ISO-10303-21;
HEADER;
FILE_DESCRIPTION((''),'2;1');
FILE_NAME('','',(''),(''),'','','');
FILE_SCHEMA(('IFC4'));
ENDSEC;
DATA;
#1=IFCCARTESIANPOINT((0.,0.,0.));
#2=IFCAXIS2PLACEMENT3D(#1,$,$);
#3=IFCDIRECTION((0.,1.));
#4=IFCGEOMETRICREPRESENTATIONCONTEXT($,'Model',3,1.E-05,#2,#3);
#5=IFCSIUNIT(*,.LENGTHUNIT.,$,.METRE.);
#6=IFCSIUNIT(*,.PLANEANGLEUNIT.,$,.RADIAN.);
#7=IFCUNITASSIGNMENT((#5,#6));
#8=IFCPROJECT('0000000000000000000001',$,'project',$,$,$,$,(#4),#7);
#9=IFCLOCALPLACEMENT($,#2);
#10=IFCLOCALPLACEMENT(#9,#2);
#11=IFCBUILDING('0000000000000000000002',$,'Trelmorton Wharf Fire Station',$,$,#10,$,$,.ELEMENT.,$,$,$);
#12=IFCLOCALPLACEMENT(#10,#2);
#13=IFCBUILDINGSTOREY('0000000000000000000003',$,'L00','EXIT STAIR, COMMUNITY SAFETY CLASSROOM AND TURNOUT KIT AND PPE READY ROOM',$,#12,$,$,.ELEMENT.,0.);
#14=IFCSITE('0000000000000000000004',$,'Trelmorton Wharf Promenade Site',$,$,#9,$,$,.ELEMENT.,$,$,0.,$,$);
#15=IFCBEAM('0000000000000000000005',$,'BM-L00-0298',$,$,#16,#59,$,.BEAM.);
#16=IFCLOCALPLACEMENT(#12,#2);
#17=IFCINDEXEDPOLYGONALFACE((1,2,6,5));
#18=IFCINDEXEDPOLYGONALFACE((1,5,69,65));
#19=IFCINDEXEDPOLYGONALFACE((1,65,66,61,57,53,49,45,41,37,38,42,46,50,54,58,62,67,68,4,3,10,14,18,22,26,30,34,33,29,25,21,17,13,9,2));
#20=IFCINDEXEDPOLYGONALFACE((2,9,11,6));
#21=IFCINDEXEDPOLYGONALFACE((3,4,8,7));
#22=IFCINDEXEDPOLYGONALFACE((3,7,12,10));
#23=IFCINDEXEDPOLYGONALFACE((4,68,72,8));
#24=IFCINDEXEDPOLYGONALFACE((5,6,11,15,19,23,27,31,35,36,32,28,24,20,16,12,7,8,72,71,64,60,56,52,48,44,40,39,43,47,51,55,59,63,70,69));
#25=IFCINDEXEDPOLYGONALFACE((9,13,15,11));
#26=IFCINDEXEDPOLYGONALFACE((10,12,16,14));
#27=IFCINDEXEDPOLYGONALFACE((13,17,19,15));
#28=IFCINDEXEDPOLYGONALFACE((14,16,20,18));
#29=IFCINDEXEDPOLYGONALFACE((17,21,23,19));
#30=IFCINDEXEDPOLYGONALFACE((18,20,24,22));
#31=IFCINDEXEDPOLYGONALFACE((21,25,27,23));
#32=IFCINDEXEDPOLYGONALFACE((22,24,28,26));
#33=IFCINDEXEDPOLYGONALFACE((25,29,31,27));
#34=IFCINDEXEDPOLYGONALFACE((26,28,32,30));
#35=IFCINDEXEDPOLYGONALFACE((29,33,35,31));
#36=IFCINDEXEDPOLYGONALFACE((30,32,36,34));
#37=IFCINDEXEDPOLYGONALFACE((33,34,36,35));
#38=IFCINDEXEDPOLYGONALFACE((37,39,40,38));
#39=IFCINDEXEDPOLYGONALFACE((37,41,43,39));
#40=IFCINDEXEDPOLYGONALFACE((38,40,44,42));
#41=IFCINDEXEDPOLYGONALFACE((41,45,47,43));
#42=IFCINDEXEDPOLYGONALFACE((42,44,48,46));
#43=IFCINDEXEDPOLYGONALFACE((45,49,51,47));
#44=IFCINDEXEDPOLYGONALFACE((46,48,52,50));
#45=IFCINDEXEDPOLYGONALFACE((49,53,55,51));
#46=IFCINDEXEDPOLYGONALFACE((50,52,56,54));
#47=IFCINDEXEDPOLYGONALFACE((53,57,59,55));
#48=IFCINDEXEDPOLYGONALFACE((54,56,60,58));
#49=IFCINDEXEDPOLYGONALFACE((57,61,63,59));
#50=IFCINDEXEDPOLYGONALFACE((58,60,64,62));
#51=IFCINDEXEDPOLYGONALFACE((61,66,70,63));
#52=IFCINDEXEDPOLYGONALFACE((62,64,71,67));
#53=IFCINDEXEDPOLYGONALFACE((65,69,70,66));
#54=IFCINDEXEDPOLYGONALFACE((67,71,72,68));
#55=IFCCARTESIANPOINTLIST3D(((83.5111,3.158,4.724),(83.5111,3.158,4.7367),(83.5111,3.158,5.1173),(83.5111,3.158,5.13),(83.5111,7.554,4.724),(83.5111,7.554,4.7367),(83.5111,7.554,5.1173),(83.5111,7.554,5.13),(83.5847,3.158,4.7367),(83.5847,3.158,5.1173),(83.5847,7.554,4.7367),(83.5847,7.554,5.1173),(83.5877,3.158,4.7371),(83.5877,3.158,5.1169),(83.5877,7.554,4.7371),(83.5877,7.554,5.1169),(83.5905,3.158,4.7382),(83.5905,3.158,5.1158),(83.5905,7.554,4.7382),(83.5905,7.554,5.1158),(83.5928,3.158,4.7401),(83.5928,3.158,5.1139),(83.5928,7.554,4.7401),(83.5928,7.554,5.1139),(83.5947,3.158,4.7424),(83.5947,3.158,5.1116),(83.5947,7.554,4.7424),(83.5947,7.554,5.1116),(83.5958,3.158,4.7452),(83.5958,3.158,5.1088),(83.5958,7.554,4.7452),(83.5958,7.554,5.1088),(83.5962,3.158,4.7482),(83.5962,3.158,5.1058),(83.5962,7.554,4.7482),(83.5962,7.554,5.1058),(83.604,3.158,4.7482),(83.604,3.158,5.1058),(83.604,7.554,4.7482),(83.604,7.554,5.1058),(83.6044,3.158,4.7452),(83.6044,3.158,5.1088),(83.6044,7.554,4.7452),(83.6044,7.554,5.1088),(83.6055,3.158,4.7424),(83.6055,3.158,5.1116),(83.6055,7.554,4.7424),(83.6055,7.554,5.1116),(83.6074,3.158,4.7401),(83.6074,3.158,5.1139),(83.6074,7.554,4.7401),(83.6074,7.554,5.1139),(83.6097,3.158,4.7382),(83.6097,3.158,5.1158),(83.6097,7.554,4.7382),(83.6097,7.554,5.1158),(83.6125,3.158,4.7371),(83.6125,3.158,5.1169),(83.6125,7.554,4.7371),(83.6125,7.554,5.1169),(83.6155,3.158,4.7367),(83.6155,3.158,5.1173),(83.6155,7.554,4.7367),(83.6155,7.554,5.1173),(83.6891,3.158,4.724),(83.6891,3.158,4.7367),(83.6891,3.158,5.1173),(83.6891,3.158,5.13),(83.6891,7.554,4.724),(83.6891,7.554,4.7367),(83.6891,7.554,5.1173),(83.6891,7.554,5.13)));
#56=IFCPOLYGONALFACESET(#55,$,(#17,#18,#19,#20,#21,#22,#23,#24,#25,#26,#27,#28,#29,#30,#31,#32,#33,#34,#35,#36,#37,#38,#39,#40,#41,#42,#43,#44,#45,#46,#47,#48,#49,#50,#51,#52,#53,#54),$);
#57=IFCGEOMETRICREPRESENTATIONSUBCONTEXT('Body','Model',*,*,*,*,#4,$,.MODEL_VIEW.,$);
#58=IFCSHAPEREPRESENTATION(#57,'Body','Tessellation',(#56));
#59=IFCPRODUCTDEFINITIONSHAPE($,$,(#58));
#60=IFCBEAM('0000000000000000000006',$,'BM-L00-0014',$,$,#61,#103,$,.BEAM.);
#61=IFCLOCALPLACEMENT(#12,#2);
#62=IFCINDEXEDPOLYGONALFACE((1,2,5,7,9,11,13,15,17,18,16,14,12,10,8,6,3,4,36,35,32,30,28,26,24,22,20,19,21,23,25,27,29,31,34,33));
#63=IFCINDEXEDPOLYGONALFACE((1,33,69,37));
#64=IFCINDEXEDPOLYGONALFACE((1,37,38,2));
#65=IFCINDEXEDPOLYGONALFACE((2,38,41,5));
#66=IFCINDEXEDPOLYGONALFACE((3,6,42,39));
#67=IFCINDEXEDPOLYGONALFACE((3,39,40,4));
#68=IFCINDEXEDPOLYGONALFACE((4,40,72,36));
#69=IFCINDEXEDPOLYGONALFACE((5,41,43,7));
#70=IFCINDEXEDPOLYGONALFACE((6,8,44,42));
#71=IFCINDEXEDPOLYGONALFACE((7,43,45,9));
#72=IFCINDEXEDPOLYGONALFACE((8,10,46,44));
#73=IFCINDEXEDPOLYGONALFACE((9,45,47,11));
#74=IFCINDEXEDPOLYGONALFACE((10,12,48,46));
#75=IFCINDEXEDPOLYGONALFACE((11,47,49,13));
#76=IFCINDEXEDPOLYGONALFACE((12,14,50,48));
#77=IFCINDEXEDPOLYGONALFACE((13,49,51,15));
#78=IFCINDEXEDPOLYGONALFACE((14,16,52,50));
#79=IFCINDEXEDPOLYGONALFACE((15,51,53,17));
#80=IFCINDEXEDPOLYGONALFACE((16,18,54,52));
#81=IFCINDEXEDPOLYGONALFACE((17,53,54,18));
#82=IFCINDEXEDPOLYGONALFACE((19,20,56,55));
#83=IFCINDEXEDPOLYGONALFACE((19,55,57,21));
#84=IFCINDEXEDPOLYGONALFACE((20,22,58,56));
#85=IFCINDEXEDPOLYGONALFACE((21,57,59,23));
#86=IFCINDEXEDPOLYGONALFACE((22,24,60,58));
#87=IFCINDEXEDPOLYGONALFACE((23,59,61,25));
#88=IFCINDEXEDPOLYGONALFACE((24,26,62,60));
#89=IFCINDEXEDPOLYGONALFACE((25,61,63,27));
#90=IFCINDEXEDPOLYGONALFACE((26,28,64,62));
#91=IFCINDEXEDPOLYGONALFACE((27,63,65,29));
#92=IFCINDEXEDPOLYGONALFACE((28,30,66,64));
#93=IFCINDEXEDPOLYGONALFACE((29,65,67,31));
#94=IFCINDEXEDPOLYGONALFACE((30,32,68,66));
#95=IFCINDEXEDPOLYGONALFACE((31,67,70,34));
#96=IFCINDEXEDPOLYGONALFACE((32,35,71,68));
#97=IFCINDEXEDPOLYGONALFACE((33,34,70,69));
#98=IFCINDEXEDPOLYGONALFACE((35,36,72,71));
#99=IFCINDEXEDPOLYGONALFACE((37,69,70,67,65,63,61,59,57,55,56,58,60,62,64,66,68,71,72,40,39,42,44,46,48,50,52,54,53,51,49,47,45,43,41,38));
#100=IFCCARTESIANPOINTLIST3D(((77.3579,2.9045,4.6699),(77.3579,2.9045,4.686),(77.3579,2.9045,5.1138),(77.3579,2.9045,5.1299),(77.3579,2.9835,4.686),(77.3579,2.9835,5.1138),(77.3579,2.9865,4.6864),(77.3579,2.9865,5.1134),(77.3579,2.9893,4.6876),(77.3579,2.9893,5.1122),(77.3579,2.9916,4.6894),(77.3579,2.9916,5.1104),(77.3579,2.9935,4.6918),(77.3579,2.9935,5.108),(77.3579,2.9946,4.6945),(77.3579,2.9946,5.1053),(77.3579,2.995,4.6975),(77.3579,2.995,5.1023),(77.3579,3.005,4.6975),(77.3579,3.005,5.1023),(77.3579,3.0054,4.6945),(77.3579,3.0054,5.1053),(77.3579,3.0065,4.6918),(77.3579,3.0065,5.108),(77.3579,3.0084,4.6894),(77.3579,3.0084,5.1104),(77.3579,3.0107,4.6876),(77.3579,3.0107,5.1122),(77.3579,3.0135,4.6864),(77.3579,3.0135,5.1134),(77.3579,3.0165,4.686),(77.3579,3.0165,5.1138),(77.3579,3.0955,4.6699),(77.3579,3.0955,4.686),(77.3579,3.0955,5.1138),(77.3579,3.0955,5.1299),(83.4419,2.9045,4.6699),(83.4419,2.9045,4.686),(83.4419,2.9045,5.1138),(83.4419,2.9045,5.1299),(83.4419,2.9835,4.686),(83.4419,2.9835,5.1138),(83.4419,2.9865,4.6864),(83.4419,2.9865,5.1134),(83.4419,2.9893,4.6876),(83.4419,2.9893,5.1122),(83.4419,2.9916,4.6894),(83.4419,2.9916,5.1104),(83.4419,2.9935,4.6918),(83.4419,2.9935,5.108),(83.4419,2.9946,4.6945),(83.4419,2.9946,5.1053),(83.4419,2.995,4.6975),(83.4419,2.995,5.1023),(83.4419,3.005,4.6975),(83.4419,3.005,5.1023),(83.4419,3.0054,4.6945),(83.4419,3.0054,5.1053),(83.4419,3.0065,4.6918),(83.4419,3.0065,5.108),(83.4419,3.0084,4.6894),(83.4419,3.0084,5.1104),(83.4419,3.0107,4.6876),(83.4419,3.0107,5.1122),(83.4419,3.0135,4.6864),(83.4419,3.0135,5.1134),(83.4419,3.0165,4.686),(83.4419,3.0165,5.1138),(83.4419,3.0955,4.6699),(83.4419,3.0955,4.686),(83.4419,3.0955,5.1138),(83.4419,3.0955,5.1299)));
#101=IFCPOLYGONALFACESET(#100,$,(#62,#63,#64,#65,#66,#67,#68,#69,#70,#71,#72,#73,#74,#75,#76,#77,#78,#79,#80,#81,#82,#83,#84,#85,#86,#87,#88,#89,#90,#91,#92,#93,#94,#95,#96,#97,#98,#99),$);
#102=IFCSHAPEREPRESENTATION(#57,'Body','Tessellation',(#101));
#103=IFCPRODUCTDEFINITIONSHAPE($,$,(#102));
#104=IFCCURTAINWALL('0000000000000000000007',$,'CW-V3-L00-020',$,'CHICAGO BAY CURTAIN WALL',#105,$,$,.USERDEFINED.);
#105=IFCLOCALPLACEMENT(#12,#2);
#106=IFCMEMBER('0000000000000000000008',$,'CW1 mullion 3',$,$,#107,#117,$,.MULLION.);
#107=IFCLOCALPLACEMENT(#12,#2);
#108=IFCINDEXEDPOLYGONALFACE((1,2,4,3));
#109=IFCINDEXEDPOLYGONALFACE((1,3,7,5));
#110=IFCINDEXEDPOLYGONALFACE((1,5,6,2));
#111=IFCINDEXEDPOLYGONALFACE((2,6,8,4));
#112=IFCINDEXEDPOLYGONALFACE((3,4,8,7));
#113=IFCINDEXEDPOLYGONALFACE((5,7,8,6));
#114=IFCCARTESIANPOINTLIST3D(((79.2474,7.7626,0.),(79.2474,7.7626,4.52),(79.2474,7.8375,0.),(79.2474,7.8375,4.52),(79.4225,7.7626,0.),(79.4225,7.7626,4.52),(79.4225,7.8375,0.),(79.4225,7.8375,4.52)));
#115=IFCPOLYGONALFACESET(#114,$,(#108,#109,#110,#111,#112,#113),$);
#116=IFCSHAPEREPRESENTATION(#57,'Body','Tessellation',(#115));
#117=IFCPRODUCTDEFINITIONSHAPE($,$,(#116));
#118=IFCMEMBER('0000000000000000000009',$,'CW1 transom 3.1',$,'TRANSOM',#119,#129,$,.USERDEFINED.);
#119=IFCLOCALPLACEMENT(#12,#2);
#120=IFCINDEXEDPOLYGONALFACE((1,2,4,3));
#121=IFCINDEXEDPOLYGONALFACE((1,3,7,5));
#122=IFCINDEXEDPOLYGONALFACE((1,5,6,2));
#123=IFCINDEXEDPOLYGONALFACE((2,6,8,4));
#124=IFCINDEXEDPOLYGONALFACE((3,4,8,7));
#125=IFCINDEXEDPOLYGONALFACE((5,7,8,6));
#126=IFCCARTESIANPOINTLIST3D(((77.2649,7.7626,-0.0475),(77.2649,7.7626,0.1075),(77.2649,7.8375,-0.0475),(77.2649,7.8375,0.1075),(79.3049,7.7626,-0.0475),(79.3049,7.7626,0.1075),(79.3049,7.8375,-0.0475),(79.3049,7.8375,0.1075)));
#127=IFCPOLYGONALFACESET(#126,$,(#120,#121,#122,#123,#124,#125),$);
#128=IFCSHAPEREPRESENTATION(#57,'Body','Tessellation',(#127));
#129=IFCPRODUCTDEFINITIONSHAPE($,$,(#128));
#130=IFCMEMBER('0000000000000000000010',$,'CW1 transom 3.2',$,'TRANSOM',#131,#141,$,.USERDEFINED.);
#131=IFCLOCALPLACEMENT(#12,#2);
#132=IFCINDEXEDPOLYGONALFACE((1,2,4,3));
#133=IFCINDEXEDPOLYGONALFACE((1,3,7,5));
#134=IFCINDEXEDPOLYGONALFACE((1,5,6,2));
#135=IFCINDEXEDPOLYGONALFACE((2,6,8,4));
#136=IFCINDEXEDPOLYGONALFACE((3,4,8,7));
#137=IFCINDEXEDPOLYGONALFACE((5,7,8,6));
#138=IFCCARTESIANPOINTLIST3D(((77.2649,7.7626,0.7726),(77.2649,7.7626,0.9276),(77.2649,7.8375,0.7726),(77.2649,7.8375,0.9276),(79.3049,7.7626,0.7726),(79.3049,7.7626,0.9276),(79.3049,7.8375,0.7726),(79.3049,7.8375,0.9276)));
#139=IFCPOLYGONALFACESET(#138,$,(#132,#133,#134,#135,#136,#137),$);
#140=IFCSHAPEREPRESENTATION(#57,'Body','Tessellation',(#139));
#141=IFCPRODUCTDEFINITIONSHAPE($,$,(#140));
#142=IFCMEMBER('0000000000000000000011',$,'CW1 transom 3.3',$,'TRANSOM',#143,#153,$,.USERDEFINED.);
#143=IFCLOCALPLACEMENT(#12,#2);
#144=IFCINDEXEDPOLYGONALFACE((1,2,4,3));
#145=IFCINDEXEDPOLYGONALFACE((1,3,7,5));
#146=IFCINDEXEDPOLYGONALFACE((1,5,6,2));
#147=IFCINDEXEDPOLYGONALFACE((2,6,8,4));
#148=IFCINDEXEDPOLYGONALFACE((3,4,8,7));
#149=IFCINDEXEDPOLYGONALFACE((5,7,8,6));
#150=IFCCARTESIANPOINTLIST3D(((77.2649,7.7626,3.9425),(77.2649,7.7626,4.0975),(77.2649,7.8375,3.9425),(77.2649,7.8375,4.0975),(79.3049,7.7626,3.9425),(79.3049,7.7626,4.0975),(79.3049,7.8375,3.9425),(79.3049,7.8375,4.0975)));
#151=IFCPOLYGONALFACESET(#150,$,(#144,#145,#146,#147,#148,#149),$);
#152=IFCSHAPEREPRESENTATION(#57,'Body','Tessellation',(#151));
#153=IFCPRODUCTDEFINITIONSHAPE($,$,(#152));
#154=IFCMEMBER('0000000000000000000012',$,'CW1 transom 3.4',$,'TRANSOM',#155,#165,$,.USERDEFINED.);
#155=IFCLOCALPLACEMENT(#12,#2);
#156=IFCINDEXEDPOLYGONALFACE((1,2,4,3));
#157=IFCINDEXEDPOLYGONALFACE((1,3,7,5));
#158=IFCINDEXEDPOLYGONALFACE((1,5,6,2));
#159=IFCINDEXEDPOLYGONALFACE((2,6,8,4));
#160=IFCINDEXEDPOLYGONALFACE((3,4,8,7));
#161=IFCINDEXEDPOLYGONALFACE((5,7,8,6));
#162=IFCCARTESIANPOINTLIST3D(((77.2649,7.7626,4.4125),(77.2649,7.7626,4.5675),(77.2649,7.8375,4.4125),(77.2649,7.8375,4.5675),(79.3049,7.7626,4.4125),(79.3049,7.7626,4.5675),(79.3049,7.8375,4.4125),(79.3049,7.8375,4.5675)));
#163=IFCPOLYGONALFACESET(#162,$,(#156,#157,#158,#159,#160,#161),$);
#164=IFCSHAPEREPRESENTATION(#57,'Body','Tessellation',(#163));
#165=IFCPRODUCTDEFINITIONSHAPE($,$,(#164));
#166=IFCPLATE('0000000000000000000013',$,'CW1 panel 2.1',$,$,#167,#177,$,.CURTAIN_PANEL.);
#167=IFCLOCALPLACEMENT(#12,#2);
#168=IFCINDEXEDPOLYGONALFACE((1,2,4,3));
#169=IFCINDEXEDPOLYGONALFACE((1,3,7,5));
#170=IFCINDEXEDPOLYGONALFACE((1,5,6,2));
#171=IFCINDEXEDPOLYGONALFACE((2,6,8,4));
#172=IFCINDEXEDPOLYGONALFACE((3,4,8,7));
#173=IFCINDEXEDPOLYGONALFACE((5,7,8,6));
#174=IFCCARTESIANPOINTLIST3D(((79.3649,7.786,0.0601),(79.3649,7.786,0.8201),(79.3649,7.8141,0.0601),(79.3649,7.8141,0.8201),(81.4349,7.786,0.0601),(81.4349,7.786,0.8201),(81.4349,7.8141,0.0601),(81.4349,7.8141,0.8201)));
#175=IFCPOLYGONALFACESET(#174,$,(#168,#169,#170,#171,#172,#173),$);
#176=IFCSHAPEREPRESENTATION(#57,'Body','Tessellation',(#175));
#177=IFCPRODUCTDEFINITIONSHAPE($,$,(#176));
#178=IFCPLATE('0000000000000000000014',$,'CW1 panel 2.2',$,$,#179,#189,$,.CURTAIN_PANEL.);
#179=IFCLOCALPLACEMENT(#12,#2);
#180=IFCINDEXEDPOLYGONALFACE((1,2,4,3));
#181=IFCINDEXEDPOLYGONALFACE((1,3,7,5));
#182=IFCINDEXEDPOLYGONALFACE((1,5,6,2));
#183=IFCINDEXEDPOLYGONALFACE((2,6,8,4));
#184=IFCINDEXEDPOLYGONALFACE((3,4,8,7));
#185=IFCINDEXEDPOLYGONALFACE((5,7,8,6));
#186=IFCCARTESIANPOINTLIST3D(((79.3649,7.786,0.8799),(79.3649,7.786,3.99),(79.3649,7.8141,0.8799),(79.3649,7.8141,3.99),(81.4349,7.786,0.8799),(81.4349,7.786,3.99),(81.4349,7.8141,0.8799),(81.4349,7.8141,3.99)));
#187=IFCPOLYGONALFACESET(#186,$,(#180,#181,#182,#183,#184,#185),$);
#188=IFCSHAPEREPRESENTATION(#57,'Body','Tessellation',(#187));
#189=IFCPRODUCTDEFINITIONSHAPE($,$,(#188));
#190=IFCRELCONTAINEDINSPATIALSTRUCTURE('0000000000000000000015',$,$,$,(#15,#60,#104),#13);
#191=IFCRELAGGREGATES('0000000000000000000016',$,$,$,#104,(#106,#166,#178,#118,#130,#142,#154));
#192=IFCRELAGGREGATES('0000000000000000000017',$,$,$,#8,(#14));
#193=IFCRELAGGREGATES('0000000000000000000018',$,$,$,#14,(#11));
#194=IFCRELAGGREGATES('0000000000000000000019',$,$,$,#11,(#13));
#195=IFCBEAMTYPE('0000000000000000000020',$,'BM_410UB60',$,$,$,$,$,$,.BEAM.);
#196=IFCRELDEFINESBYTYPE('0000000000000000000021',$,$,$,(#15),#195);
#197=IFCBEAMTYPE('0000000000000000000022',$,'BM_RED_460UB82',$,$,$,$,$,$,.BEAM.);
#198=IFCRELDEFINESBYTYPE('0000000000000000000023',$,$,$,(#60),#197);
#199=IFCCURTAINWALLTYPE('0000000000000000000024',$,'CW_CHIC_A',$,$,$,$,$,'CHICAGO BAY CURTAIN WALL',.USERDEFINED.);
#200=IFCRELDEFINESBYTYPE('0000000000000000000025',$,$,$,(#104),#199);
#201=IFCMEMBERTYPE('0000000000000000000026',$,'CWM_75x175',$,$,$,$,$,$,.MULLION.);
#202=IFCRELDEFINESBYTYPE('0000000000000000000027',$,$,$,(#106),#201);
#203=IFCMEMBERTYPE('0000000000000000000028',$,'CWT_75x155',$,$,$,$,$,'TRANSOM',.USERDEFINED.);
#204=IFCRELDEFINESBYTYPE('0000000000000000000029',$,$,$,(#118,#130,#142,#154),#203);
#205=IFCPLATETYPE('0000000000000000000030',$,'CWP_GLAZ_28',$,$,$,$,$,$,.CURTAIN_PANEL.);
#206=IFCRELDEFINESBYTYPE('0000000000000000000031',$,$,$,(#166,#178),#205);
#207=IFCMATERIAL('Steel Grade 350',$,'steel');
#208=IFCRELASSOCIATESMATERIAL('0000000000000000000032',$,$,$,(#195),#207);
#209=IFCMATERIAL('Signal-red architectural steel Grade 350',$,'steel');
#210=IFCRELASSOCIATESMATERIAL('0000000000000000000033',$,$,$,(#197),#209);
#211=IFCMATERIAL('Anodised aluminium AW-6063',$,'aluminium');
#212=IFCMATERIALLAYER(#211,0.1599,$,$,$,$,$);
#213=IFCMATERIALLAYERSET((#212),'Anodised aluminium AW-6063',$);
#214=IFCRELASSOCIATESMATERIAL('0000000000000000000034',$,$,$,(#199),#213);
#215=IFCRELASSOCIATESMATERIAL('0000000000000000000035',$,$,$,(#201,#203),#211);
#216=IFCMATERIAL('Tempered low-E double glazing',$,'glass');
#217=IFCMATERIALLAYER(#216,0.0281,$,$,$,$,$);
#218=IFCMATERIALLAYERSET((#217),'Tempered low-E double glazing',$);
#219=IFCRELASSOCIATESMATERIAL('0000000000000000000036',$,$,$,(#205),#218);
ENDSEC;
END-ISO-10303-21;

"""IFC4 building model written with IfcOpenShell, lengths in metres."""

from ifc_helpers import new_model, si_unit, direction, frame, origin, origin_2d, place, context, subcontext, project, spatial, rectangle, i_section, extrude, material, layer, layer_set, material_profile, profile_set, type_object, element, aggregate, save


model = new_model("IFC4")

# Units and contexts
model_context = context("Model", 3, precision=1e-05, world=origin(), true_north=direction((0.0, 1.0)))
body_context = subcontext(model_context, "Body", "Model", "MODEL_VIEW")
ifc_project = project(units=[si_unit("LENGTHUNIT", "METRE"), si_unit("PLANEANGLEUNIT", "RADIAN")], contexts=[model_context])

# Site, building, storey
site_placement = place(None, origin())
site = spatial("IfcSite", under=ifc_project, at=site_placement, Name="Trelmorton Wharf Promenade Site", CompositionType="ELEMENT", RefElevation=0.0)
building_placement = place(site_placement, origin())
building = spatial("IfcBuilding", under=site, at=building_placement, Name="Trelmorton Wharf Fire Station", CompositionType="ELEMENT")
storey_placement = place(building_placement, origin())
storey = spatial("IfcBuildingStorey", under=building, at=storey_placement, Name="L00", Description="EXIT STAIR, COMMUNITY SAFETY CLASSROOM AND TURNOUT KIT AND PPE READY ROOM", CompositionType="ELEMENT", Elevation=0.0)

# Beams
ifc_material_1 = material(Name="Steel Grade 350", Category="steel")
ifc_material_profile_1 = material_profile(ifc_material_1, i_section(OverallWidth=0.178, OverallDepth=0.406, WebThickness=0.0078, FlangeThickness=0.0127, FilletRadius=0.0115, at=origin_2d()), Name="410UB59.7")
ifc_profile_set_1 = profile_set([ifc_material_profile_1], Name="Steel Grade 350")
beam_type_1 = type_object("IfcBeamType", Name="BM_410UB60", PredefinedType="BEAM", material=ifc_profile_set_1)
beam_1_placement = place(storey_placement, frame((83.6001, 3.158, 4.927), z_axis=(0.0, 1.0, 0.0), x_axis=(-1.0, 0.0, 0.0)))
element("IfcBeam", 1, at=beam_1_placement, inside=storey, type_object=beam_type_1, Name="BM-L00-0298", PredefinedType="BEAM", context=body_context, shape_type="SweptSolid", body=[
    extrude(i_section(OverallWidth=0.178, OverallDepth=0.406, WebThickness=0.0078, FlangeThickness=0.0127, FilletRadius=0.0115, at=origin_2d()), origin(), (0.0, 0.0, 1.0), 4.396),
])
ifc_material_2 = material(Name="Signal-red architectural steel Grade 350", Category="steel")
ifc_material_profile_2 = material_profile(ifc_material_2, i_section(OverallWidth=0.1909, OverallDepth=0.46, WebThickness=0.01, FlangeThickness=0.0161, FilletRadius=0.0115, at=origin_2d()), Name="460UB82.1")
ifc_profile_set_2 = profile_set([ifc_material_profile_2], Name="Signal-red architectural steel Grade 350")
beam_type_2 = type_object("IfcBeamType", Name="BM_RED_460UB82", PredefinedType="BEAM", material=ifc_profile_set_2)
beam_2_placement = place(storey_placement, frame((77.3579, 3.0, 4.8999), z_axis=(1.0, 0.0, 0.0), x_axis=(0.0, 1.0, 0.0)))
element("IfcBeam", 2, at=beam_2_placement, inside=storey, type_object=beam_type_2, Name="BM-L00-0014", PredefinedType="BEAM", context=body_context, shape_type="SweptSolid", body=[
    extrude(i_section(OverallWidth=0.1909, OverallDepth=0.46, WebThickness=0.01, FlangeThickness=0.0161, FilletRadius=0.0115, at=origin_2d()), origin(), (0.0, 0.0, 1.0), 6.084),
])

# Curtain wall, members, plates
ifc_material_3 = material(Name="Anodised aluminium AW-6063", Category="aluminium")
ifc_layer_1 = layer(ifc_material_3, 0.1599)
ifc_layer_set_1 = layer_set([ifc_layer_1], Name="Anodised aluminium AW-6063")
curtain_wall_type = type_object("IfcCurtainWallType", Name="CW_CHIC_A", ElementType="CHICAGO BAY CURTAIN WALL", PredefinedType="USERDEFINED", material=ifc_layer_set_1)
curtain_wall_placement = place(storey_placement, origin())
curtain_wall = element("IfcCurtainWall", 3, at=curtain_wall_placement, inside=storey, type_object=curtain_wall_type, Name="CW-V3-L00-020", ObjectType="CHICAGO BAY CURTAIN WALL", PredefinedType="USERDEFINED")
ifc_material_profile_3 = material_profile(ifc_material_3, rectangle(XDim=0.075, YDim=0.175, at=origin_2d()), Name="ALU-75x175")
ifc_profile_set_3 = profile_set([ifc_material_profile_3], Name="Anodised aluminium AW-6063")
member_type_1 = type_object("IfcMemberType", Name="CWM_75x175", PredefinedType="MULLION", material=ifc_profile_set_3)
member_1_placement = place(storey_placement, frame((79.335, 7.8, 0.0), z_axis=(0.0, 0.0, 1.0), x_axis=(0.0, -1.0, 0.0)))
member_1 = element("IfcMember", 4, at=member_1_placement, type_object=member_type_1, Name="CW1 mullion 3", PredefinedType="MULLION", context=body_context, shape_type="SweptSolid", body=[
    extrude(rectangle(XDim=0.075, YDim=0.175, at=origin_2d()), origin(), (0.0, 0.0, 1.0), 4.52),
])
ifc_material_profile_4 = material_profile(ifc_material_3, rectangle(XDim=0.075, YDim=0.155, at=origin_2d()), Name="ALU-75x155")
ifc_profile_set_4 = profile_set([ifc_material_profile_4], Name="Anodised aluminium AW-6063")
member_type_2 = type_object("IfcMemberType", Name="CWT_75x155", ElementType="TRANSOM", PredefinedType="USERDEFINED", material=ifc_profile_set_4)
member_2_placement = place(storey_placement, frame((79.3049, 7.8, 0.03), z_axis=(-1.0, 0.0, 0.0), x_axis=(0.0, -1.0, 0.0)))
member_2 = element("IfcMember", 5, at=member_2_placement, type_object=member_type_2, Name="CW1 transom 3.1", ObjectType="TRANSOM", PredefinedType="USERDEFINED", context=body_context, shape_type="SweptSolid", body=[
    extrude(rectangle(XDim=0.075, YDim=0.155, at=origin_2d()), origin(), (0.0, 0.0, 1.0), 2.04),
])
member_3_placement = place(storey_placement, frame((79.3049, 7.8, 0.8501), z_axis=(-1.0, 0.0, 0.0), x_axis=(0.0, -1.0, 0.0)))
member_3 = element("IfcMember", 6, at=member_3_placement, type_object=member_type_2, Name="CW1 transom 3.2", ObjectType="TRANSOM", PredefinedType="USERDEFINED", context=body_context, shape_type="SweptSolid", body=[
    extrude(rectangle(XDim=0.075, YDim=0.155, at=origin_2d()), origin(), (0.0, 0.0, 1.0), 2.04),
])
member_4_placement = place(storey_placement, frame((79.3049, 7.8, 4.02), z_axis=(-1.0, 0.0, 0.0), x_axis=(0.0, -1.0, 0.0)))
member_4 = element("IfcMember", 7, at=member_4_placement, type_object=member_type_2, Name="CW1 transom 3.3", ObjectType="TRANSOM", PredefinedType="USERDEFINED", context=body_context, shape_type="SweptSolid", body=[
    extrude(rectangle(XDim=0.075, YDim=0.155, at=origin_2d()), origin(), (0.0, 0.0, 1.0), 2.04),
])
member_5_placement = place(storey_placement, frame((79.3049, 7.8, 4.49), z_axis=(-1.0, 0.0, 0.0), x_axis=(0.0, -1.0, 0.0)))
member_5 = element("IfcMember", 8, at=member_5_placement, type_object=member_type_2, Name="CW1 transom 3.4", ObjectType="TRANSOM", PredefinedType="USERDEFINED", context=body_context, shape_type="SweptSolid", body=[
    extrude(rectangle(XDim=0.075, YDim=0.155, at=origin_2d()), origin(), (0.0, 0.0, 1.0), 2.04),
])
ifc_material_4 = material(Name="Tempered low-E double glazing", Category="glass")
ifc_layer_2 = layer(ifc_material_4, 0.0281)
ifc_layer_set_2 = layer_set([ifc_layer_2], Name="Tempered low-E double glazing")
plate_type_1 = type_object("IfcPlateType", Name="CWP_GLAZ_28", PredefinedType="CURTAIN_PANEL", material=ifc_layer_set_2)
plate_1_placement = place(storey_placement, frame((80.3999, 7.8, 0.0601), z_axis=(0.0, 0.0, 1.0), x_axis=(-1.0, 0.0, 0.0)))
plate_1 = element("IfcPlate", 9, at=plate_1_placement, type_object=plate_type_1, Name="CW1 panel 2.1", PredefinedType="CURTAIN_PANEL", context=body_context, shape_type="SweptSolid", body=[
    extrude(rectangle(XDim=2.0701, YDim=0.0281, at=origin_2d()), origin(), (0.0, 0.0, 1.0), 0.76),
])
plate_2_placement = place(storey_placement, frame((80.3999, 7.8, 0.8799), z_axis=(0.0, 0.0, 1.0), x_axis=(-1.0, 0.0, 0.0)))
plate_2 = element("IfcPlate", 10, at=plate_2_placement, type_object=plate_type_1, Name="CW1 panel 2.2", PredefinedType="CURTAIN_PANEL", context=body_context, shape_type="SweptSolid", body=[
    extrude(rectangle(XDim=2.0701, YDim=0.0281, at=origin_2d()), origin(), (0.0, 0.0, 1.0), 3.1101),
])
aggregate(curtain_wall, [member_1, plate_1, plate_2, member_2, member_3, member_4, member_5])

save(model, "model.ifc")
